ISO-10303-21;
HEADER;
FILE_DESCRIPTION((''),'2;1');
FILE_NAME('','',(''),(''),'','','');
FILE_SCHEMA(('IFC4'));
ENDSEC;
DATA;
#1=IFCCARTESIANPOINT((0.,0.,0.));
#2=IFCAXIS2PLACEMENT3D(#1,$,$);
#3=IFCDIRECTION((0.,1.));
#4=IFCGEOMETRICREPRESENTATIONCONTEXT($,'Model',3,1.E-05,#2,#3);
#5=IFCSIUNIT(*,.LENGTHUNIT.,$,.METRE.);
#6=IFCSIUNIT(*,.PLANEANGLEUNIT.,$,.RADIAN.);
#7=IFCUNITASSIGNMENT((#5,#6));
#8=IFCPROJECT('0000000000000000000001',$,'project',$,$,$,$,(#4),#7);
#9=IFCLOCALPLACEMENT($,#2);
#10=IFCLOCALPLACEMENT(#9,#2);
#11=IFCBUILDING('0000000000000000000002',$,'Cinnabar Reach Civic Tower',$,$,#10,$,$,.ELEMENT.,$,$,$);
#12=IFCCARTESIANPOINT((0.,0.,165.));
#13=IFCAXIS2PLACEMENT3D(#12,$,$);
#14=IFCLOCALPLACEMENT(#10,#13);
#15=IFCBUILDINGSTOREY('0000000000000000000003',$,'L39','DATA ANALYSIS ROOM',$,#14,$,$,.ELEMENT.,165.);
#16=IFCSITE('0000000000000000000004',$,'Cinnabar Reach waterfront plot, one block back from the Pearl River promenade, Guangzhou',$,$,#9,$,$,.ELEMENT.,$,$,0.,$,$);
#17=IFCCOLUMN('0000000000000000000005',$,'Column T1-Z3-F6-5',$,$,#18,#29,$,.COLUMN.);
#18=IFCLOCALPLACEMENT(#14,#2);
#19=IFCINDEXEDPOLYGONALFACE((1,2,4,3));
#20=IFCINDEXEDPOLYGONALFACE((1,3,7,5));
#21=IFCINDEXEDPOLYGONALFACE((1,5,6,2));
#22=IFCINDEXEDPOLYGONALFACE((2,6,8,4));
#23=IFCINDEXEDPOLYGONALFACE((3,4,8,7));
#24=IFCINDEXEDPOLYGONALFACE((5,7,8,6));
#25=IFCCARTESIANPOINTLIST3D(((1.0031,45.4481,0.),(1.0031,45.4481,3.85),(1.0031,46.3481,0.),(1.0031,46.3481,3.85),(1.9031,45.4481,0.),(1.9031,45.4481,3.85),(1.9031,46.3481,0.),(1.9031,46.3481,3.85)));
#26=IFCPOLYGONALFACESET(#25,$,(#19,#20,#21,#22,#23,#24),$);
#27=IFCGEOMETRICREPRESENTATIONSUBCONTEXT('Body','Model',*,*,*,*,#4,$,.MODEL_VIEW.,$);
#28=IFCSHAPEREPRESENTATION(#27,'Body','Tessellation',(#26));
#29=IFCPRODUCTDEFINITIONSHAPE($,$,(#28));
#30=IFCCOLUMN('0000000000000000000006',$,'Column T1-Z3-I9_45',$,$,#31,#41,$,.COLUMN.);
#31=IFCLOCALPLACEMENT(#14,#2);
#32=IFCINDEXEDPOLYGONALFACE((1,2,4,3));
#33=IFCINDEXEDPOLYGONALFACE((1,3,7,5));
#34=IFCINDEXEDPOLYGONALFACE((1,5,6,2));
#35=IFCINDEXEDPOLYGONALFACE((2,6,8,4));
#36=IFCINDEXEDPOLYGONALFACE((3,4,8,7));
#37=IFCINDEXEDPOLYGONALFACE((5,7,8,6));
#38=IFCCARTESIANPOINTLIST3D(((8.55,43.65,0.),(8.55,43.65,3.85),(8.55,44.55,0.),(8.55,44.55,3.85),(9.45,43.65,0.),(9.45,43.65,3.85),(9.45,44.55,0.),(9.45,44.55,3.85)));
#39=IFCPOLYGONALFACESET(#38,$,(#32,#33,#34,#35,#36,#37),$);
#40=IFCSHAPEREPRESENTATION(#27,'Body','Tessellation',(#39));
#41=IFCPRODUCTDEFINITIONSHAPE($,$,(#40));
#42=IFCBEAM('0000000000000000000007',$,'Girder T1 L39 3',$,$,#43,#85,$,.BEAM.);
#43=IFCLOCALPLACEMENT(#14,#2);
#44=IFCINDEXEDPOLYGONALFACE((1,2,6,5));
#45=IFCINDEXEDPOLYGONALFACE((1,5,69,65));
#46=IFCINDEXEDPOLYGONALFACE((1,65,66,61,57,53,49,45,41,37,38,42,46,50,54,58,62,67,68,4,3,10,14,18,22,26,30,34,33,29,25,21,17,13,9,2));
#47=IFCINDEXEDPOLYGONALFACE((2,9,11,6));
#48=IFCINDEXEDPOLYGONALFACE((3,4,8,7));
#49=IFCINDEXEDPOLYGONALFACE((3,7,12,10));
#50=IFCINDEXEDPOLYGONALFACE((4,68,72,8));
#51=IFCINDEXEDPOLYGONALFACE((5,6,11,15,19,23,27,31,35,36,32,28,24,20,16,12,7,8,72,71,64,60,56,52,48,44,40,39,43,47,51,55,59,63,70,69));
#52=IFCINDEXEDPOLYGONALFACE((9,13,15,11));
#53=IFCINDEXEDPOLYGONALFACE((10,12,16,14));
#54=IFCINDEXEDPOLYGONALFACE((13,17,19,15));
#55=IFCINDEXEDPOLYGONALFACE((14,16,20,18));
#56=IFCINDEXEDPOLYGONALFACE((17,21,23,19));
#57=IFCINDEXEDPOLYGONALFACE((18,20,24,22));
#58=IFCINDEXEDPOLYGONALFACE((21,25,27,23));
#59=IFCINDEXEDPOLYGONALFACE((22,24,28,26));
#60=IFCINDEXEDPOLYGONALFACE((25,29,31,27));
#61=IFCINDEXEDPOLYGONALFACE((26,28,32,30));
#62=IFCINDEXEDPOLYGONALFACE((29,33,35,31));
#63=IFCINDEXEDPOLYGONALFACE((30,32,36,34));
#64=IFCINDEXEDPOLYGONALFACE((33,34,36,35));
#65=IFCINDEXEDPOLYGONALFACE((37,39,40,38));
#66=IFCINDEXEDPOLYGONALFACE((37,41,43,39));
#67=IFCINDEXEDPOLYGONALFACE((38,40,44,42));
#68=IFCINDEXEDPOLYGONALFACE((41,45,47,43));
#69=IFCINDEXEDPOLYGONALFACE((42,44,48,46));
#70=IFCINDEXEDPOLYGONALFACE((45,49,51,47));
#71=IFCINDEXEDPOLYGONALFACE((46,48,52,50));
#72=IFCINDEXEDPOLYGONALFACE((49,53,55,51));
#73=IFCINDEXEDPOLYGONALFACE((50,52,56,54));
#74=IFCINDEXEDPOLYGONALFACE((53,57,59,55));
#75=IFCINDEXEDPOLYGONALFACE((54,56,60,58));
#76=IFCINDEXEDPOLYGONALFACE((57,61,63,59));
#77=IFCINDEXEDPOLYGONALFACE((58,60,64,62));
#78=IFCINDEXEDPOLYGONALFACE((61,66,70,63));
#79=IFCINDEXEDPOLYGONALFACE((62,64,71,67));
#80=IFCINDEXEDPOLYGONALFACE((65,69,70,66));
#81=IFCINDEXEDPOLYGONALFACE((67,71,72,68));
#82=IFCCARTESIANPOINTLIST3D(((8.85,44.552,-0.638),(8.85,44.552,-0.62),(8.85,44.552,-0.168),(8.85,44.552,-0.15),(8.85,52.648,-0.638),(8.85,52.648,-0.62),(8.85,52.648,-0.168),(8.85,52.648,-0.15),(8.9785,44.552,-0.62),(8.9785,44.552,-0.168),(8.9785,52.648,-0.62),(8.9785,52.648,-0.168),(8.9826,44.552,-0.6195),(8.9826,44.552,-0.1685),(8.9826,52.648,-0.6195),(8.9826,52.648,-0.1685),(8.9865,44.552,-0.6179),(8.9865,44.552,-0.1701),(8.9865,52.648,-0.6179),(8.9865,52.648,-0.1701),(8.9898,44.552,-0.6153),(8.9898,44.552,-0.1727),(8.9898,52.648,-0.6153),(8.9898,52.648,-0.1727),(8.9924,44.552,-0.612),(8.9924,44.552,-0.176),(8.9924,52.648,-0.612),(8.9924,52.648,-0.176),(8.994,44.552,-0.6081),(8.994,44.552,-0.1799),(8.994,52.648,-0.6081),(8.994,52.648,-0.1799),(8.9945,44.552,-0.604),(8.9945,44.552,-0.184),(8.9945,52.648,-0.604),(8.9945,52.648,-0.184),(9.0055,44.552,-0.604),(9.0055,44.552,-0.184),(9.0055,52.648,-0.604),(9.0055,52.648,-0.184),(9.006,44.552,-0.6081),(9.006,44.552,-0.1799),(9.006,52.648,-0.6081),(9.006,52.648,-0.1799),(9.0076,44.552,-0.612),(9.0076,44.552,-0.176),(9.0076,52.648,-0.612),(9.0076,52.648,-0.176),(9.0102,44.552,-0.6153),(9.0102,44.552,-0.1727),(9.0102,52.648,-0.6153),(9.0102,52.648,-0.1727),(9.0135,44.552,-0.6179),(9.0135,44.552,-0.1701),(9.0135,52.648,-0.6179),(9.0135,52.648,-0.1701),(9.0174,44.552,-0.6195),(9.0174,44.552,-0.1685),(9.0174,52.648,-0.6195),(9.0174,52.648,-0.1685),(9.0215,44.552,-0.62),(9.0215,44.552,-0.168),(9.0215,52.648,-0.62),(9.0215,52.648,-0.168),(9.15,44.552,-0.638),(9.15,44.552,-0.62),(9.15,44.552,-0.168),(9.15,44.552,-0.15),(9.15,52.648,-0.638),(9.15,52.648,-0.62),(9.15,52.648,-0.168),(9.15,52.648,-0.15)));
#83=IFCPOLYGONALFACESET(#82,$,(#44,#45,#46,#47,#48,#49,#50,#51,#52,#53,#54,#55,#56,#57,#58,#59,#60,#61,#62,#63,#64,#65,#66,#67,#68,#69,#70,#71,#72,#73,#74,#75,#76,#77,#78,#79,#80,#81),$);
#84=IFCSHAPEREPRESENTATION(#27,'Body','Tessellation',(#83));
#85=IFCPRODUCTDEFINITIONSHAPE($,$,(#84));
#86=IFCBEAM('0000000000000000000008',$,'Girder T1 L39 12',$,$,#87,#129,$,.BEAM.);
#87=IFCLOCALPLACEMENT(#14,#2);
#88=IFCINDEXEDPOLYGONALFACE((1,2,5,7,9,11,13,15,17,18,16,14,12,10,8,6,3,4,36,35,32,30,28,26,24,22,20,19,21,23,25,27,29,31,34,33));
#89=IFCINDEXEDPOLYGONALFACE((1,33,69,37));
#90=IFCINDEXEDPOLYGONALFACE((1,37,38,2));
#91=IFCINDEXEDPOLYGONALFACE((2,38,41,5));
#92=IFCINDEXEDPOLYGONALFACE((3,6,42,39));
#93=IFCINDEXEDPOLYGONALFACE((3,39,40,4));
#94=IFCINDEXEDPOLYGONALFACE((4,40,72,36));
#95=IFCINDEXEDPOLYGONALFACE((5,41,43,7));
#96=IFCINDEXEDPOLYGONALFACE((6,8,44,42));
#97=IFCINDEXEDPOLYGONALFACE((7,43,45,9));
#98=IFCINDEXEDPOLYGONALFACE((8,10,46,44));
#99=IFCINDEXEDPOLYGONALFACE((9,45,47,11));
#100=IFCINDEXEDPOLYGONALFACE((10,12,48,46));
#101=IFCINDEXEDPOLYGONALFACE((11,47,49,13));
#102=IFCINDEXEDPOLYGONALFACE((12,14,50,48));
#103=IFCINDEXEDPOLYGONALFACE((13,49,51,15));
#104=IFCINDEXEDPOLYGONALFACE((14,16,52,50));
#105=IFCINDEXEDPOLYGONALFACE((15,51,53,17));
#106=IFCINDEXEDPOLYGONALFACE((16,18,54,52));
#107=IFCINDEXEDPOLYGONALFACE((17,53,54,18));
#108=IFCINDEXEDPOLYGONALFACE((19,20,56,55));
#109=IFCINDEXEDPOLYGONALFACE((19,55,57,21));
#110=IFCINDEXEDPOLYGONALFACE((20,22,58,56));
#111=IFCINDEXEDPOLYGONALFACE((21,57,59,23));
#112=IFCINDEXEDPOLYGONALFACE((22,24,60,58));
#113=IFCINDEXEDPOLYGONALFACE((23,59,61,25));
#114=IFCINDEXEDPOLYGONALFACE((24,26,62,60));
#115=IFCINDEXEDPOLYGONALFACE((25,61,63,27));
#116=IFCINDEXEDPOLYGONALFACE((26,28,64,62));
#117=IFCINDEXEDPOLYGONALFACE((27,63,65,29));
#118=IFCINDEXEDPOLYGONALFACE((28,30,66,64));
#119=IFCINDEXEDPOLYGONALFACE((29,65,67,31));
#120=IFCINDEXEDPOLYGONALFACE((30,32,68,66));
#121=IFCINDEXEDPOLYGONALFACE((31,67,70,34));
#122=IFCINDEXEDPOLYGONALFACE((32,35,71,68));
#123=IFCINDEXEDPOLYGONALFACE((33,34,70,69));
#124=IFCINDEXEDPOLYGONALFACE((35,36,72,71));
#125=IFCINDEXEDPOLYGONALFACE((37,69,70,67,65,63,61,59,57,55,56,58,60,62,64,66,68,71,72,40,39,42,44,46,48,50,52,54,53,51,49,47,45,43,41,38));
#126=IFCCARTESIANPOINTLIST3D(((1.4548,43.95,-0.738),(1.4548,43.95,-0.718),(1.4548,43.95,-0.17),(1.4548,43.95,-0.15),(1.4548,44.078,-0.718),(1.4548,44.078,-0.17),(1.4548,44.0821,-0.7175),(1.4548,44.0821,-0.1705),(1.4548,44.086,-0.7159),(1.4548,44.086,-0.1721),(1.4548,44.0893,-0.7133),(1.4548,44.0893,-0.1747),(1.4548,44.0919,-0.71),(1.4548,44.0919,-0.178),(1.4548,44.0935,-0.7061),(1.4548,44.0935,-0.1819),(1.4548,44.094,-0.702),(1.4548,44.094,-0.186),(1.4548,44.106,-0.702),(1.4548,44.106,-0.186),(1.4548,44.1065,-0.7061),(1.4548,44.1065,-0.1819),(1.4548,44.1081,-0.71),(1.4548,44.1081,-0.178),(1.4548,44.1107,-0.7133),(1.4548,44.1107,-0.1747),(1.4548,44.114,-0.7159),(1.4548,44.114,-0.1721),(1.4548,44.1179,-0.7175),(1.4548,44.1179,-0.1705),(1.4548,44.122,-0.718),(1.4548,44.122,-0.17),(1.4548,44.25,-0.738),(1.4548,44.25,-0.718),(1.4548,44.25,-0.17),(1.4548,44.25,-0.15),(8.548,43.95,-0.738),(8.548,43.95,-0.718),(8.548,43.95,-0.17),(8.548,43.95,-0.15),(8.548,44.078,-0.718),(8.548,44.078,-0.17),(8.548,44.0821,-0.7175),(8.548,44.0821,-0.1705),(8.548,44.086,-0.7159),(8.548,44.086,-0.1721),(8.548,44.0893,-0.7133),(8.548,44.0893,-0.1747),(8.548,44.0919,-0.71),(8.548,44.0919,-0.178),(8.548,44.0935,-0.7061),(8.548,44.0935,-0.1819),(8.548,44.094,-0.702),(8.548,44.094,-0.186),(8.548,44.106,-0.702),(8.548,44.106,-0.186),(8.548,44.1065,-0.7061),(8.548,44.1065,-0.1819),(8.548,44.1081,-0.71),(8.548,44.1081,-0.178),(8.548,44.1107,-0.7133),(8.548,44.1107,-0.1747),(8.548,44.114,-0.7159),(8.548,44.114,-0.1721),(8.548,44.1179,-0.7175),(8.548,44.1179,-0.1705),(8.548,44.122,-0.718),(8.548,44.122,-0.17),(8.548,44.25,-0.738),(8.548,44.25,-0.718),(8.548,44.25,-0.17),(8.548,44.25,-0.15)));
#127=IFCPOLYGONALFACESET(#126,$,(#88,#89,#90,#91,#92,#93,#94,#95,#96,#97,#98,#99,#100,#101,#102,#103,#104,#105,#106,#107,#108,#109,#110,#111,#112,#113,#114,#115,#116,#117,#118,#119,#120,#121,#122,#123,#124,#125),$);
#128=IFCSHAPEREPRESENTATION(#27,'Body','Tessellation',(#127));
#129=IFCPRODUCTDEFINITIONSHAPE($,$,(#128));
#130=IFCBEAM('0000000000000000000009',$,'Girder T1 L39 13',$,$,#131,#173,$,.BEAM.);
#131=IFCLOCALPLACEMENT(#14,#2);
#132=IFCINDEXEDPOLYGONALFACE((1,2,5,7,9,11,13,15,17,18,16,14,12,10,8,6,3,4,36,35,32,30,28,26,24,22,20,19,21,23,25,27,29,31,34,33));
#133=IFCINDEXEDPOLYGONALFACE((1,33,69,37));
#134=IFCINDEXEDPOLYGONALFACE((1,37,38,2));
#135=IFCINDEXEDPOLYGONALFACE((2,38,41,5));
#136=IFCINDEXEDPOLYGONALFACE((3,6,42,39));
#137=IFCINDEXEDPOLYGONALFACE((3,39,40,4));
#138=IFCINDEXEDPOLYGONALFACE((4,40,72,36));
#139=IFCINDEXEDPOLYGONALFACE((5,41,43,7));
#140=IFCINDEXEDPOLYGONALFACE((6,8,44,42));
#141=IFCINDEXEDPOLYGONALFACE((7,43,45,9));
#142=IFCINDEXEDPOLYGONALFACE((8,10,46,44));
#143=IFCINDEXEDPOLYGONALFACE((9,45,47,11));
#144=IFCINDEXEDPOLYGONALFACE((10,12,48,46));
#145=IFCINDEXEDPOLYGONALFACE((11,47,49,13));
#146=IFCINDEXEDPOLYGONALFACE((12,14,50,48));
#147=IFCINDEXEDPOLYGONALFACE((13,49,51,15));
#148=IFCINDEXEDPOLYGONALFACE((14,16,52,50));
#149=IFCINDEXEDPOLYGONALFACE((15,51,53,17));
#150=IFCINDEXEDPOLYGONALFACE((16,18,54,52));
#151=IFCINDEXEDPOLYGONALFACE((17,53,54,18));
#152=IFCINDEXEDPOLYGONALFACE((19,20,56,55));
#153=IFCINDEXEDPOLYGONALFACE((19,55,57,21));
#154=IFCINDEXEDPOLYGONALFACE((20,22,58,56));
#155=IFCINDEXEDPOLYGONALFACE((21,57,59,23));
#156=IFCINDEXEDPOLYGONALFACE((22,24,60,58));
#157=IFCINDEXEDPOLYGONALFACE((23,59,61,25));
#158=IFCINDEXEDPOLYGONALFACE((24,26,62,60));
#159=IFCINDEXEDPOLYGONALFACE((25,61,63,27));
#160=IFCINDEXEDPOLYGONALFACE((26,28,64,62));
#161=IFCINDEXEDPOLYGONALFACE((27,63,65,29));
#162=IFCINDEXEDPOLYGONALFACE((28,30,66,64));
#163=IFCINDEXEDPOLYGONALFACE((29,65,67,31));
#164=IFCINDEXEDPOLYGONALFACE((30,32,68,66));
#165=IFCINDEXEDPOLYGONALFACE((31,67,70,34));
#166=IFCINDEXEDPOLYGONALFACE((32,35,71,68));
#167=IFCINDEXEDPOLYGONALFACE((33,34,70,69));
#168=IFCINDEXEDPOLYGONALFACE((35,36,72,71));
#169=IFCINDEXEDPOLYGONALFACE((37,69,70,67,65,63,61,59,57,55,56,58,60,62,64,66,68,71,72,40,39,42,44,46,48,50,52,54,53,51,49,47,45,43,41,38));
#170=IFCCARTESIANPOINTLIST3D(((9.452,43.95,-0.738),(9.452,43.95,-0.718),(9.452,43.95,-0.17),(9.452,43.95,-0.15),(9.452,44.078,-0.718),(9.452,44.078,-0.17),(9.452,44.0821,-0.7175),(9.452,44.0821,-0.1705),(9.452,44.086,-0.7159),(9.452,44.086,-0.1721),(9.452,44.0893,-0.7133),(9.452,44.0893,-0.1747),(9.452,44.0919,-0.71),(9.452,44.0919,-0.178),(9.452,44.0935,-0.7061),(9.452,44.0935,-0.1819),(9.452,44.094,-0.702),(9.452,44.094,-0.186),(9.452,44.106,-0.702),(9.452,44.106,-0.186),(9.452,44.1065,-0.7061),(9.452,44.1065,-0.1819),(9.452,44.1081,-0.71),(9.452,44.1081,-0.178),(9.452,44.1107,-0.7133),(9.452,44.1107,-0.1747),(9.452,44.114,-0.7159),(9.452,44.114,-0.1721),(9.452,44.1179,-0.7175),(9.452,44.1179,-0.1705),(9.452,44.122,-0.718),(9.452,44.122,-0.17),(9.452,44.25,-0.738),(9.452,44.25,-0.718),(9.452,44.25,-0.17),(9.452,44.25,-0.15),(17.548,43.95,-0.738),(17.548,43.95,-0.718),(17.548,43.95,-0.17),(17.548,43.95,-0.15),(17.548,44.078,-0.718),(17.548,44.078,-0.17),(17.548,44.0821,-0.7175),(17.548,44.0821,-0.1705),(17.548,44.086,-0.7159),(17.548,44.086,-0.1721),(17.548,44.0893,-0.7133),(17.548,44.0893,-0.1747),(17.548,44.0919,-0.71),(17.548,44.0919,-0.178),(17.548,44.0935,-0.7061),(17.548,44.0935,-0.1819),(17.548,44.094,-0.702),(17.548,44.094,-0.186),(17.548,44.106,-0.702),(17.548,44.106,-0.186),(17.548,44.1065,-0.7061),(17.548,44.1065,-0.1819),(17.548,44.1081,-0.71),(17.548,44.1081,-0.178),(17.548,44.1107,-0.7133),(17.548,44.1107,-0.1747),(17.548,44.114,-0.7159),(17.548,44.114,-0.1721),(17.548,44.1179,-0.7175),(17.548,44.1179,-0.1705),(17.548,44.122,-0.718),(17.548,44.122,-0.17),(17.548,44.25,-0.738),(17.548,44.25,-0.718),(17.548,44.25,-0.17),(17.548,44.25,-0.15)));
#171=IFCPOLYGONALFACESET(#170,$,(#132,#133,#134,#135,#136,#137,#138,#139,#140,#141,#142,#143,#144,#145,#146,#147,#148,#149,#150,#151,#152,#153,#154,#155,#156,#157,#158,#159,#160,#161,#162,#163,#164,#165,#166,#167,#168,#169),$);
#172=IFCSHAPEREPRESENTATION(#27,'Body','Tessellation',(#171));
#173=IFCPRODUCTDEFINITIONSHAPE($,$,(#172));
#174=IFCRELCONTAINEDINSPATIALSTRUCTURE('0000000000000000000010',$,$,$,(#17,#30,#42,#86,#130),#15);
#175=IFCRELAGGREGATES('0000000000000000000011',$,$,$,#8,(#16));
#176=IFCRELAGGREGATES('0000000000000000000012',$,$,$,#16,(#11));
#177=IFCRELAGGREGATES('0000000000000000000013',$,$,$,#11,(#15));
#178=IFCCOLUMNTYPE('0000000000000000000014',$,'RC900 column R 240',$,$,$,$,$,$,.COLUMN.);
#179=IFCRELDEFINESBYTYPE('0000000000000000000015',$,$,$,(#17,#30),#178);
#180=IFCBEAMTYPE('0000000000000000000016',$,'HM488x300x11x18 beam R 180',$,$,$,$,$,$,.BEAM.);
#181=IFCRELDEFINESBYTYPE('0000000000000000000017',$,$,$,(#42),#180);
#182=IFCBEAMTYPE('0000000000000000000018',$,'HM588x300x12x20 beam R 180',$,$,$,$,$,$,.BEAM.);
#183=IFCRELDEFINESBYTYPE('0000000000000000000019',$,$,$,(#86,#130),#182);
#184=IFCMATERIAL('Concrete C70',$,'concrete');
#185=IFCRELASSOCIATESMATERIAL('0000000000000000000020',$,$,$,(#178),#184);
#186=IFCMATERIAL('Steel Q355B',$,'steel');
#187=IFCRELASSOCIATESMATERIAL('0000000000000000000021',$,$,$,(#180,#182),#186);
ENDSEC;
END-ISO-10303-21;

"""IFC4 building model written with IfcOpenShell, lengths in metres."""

from ifc_helpers import new_model, si_unit, direction, frame, origin, origin_2d, place, context, subcontext, project, spatial, rectangle, i_section, extrude, material, material_profile, profile_set, type_object, element, save


model = new_model("IFC4")

# Units and contexts
model_context = context("Model", 3, precision=1e-05, world=origin(), true_north=direction((0.0, 1.0)))
body_context = subcontext(model_context, "Body", "Model", "MODEL_VIEW")
ifc_project = project(units=[si_unit("LENGTHUNIT", "METRE"), si_unit("PLANEANGLEUNIT", "RADIAN")], contexts=[model_context])

# Site, building, storey
site_placement = place(None, origin())
site = spatial("IfcSite", under=ifc_project, at=site_placement, Name="Cinnabar Reach waterfront plot, one block back from the Pearl River promenade, Guangzhou", CompositionType="ELEMENT", RefElevation=0.0)
building_placement = place(site_placement, origin())
building = spatial("IfcBuilding", under=site, at=building_placement, Name="Cinnabar Reach Civic Tower", CompositionType="ELEMENT")
storey_placement = place(building_placement, frame((0.0, 0.0, 165.0)))
storey = spatial("IfcBuildingStorey", under=building, at=storey_placement, Name="L39", Description="DATA ANALYSIS ROOM", CompositionType="ELEMENT", Elevation=165.0)

# Columns
ifc_material_1 = material(Name="Concrete C70", Category="concrete")
ifc_material_profile_1 = material_profile(ifc_material_1, rectangle(XDim=0.9, YDim=0.9, at=origin_2d()), Name="RC900")
ifc_profile_set_1 = profile_set([ifc_material_profile_1], Name="Concrete C70")
column_type = type_object("IfcColumnType", Name="RC900 column R 240", PredefinedType="COLUMN", material=ifc_profile_set_1)
for number, where, z_axis, x_axis, name in (
    (1, (1.4531, 45.8981, 0.0), (0.0, 0.0, 1.0), (1.0, 0.0, 0.0), "Column T1-Z3-F6-5"),
    (2, (9.0, 44.1, 0.0), (0.0, 0.0, 1.0), (1.0, 0.0, 0.0), "Column T1-Z3-I9_45"),
):
    element("IfcColumn", number, at=place(storey_placement, frame(where, z_axis=z_axis, x_axis=x_axis)), inside=storey, type_object=column_type, Name=name, PredefinedType="COLUMN", context=body_context, shape_type="SweptSolid", body=[
        extrude(rectangle(XDim=0.9, YDim=0.9, at=origin_2d()), origin(), (0.0, 0.0, 1.0), 3.85),
    ])

# Beams
ifc_material_2 = material(Name="Steel Q355B", Category="steel")
ifc_material_profile_2 = material_profile(ifc_material_2, i_section(OverallWidth=0.3, OverallDepth=0.488, WebThickness=0.011, FlangeThickness=0.018, FilletRadius=0.016, at=origin_2d()), Name="HM488x300x11x18")
ifc_profile_set_2 = profile_set([ifc_material_profile_2], Name="Steel Q355B")
beam_type_1 = type_object("IfcBeamType", Name="HM488x300x11x18 beam R 180", PredefinedType="BEAM", material=ifc_profile_set_2)
beam_1_placement = place(storey_placement, frame((9.0, 44.552, -0.394), z_axis=(0.0, 1.0, 0.0), x_axis=(-1.0, 0.0, 0.0)))
element("IfcBeam", 3, at=beam_1_placement, inside=storey, type_object=beam_type_1, Name="Girder T1 L39 3", PredefinedType="BEAM", context=body_context, shape_type="SweptSolid", body=[
    extrude(i_section(OverallWidth=0.3, OverallDepth=0.488, WebThickness=0.011, FlangeThickness=0.018, FilletRadius=0.016, at=origin_2d()), origin(), (0.0, 0.0, 1.0), 8.096),
])
ifc_material_profile_3 = material_profile(ifc_material_2, i_section(OverallWidth=0.3, OverallDepth=0.588, WebThickness=0.012, FlangeThickness=0.02, FilletRadius=0.016, at=origin_2d()), Name="HM588x300x12x20")
ifc_profile_set_3 = profile_set([ifc_material_profile_3], Name="Steel Q355B")
beam_type_2 = type_object("IfcBeamType", Name="HM588x300x12x20 beam R 180", PredefinedType="BEAM", material=ifc_profile_set_3)
beam_2_placement = place(storey_placement, frame((1.4548, 44.1, -0.444), z_axis=(1.0, 0.0, 0.0), x_axis=(0.0, 1.0, 0.0)))
element("IfcBeam", 4, at=beam_2_placement, inside=storey, type_object=beam_type_2, Name="Girder T1 L39 12", PredefinedType="BEAM", context=body_context, shape_type="SweptSolid", body=[
    extrude(i_section(OverallWidth=0.3, OverallDepth=0.588, WebThickness=0.012, FlangeThickness=0.02, FilletRadius=0.016, at=origin_2d()), origin(), (0.0, 0.0, 1.0), 7.0932),
])
beam_3_placement = place(storey_placement, frame((9.452, 44.1, -0.444), z_axis=(1.0, 0.0, 0.0), x_axis=(0.0, 1.0, 0.0)))
element("IfcBeam", 5, at=beam_3_placement, inside=storey, type_object=beam_type_2, Name="Girder T1 L39 13", PredefinedType="BEAM", context=body_context, shape_type="SweptSolid", body=[
    extrude(i_section(OverallWidth=0.3, OverallDepth=0.588, WebThickness=0.012, FlangeThickness=0.02, FilletRadius=0.016, at=origin_2d()), origin(), (0.0, 0.0, 1.0), 8.096),
])

save(model, "model.ifc")
